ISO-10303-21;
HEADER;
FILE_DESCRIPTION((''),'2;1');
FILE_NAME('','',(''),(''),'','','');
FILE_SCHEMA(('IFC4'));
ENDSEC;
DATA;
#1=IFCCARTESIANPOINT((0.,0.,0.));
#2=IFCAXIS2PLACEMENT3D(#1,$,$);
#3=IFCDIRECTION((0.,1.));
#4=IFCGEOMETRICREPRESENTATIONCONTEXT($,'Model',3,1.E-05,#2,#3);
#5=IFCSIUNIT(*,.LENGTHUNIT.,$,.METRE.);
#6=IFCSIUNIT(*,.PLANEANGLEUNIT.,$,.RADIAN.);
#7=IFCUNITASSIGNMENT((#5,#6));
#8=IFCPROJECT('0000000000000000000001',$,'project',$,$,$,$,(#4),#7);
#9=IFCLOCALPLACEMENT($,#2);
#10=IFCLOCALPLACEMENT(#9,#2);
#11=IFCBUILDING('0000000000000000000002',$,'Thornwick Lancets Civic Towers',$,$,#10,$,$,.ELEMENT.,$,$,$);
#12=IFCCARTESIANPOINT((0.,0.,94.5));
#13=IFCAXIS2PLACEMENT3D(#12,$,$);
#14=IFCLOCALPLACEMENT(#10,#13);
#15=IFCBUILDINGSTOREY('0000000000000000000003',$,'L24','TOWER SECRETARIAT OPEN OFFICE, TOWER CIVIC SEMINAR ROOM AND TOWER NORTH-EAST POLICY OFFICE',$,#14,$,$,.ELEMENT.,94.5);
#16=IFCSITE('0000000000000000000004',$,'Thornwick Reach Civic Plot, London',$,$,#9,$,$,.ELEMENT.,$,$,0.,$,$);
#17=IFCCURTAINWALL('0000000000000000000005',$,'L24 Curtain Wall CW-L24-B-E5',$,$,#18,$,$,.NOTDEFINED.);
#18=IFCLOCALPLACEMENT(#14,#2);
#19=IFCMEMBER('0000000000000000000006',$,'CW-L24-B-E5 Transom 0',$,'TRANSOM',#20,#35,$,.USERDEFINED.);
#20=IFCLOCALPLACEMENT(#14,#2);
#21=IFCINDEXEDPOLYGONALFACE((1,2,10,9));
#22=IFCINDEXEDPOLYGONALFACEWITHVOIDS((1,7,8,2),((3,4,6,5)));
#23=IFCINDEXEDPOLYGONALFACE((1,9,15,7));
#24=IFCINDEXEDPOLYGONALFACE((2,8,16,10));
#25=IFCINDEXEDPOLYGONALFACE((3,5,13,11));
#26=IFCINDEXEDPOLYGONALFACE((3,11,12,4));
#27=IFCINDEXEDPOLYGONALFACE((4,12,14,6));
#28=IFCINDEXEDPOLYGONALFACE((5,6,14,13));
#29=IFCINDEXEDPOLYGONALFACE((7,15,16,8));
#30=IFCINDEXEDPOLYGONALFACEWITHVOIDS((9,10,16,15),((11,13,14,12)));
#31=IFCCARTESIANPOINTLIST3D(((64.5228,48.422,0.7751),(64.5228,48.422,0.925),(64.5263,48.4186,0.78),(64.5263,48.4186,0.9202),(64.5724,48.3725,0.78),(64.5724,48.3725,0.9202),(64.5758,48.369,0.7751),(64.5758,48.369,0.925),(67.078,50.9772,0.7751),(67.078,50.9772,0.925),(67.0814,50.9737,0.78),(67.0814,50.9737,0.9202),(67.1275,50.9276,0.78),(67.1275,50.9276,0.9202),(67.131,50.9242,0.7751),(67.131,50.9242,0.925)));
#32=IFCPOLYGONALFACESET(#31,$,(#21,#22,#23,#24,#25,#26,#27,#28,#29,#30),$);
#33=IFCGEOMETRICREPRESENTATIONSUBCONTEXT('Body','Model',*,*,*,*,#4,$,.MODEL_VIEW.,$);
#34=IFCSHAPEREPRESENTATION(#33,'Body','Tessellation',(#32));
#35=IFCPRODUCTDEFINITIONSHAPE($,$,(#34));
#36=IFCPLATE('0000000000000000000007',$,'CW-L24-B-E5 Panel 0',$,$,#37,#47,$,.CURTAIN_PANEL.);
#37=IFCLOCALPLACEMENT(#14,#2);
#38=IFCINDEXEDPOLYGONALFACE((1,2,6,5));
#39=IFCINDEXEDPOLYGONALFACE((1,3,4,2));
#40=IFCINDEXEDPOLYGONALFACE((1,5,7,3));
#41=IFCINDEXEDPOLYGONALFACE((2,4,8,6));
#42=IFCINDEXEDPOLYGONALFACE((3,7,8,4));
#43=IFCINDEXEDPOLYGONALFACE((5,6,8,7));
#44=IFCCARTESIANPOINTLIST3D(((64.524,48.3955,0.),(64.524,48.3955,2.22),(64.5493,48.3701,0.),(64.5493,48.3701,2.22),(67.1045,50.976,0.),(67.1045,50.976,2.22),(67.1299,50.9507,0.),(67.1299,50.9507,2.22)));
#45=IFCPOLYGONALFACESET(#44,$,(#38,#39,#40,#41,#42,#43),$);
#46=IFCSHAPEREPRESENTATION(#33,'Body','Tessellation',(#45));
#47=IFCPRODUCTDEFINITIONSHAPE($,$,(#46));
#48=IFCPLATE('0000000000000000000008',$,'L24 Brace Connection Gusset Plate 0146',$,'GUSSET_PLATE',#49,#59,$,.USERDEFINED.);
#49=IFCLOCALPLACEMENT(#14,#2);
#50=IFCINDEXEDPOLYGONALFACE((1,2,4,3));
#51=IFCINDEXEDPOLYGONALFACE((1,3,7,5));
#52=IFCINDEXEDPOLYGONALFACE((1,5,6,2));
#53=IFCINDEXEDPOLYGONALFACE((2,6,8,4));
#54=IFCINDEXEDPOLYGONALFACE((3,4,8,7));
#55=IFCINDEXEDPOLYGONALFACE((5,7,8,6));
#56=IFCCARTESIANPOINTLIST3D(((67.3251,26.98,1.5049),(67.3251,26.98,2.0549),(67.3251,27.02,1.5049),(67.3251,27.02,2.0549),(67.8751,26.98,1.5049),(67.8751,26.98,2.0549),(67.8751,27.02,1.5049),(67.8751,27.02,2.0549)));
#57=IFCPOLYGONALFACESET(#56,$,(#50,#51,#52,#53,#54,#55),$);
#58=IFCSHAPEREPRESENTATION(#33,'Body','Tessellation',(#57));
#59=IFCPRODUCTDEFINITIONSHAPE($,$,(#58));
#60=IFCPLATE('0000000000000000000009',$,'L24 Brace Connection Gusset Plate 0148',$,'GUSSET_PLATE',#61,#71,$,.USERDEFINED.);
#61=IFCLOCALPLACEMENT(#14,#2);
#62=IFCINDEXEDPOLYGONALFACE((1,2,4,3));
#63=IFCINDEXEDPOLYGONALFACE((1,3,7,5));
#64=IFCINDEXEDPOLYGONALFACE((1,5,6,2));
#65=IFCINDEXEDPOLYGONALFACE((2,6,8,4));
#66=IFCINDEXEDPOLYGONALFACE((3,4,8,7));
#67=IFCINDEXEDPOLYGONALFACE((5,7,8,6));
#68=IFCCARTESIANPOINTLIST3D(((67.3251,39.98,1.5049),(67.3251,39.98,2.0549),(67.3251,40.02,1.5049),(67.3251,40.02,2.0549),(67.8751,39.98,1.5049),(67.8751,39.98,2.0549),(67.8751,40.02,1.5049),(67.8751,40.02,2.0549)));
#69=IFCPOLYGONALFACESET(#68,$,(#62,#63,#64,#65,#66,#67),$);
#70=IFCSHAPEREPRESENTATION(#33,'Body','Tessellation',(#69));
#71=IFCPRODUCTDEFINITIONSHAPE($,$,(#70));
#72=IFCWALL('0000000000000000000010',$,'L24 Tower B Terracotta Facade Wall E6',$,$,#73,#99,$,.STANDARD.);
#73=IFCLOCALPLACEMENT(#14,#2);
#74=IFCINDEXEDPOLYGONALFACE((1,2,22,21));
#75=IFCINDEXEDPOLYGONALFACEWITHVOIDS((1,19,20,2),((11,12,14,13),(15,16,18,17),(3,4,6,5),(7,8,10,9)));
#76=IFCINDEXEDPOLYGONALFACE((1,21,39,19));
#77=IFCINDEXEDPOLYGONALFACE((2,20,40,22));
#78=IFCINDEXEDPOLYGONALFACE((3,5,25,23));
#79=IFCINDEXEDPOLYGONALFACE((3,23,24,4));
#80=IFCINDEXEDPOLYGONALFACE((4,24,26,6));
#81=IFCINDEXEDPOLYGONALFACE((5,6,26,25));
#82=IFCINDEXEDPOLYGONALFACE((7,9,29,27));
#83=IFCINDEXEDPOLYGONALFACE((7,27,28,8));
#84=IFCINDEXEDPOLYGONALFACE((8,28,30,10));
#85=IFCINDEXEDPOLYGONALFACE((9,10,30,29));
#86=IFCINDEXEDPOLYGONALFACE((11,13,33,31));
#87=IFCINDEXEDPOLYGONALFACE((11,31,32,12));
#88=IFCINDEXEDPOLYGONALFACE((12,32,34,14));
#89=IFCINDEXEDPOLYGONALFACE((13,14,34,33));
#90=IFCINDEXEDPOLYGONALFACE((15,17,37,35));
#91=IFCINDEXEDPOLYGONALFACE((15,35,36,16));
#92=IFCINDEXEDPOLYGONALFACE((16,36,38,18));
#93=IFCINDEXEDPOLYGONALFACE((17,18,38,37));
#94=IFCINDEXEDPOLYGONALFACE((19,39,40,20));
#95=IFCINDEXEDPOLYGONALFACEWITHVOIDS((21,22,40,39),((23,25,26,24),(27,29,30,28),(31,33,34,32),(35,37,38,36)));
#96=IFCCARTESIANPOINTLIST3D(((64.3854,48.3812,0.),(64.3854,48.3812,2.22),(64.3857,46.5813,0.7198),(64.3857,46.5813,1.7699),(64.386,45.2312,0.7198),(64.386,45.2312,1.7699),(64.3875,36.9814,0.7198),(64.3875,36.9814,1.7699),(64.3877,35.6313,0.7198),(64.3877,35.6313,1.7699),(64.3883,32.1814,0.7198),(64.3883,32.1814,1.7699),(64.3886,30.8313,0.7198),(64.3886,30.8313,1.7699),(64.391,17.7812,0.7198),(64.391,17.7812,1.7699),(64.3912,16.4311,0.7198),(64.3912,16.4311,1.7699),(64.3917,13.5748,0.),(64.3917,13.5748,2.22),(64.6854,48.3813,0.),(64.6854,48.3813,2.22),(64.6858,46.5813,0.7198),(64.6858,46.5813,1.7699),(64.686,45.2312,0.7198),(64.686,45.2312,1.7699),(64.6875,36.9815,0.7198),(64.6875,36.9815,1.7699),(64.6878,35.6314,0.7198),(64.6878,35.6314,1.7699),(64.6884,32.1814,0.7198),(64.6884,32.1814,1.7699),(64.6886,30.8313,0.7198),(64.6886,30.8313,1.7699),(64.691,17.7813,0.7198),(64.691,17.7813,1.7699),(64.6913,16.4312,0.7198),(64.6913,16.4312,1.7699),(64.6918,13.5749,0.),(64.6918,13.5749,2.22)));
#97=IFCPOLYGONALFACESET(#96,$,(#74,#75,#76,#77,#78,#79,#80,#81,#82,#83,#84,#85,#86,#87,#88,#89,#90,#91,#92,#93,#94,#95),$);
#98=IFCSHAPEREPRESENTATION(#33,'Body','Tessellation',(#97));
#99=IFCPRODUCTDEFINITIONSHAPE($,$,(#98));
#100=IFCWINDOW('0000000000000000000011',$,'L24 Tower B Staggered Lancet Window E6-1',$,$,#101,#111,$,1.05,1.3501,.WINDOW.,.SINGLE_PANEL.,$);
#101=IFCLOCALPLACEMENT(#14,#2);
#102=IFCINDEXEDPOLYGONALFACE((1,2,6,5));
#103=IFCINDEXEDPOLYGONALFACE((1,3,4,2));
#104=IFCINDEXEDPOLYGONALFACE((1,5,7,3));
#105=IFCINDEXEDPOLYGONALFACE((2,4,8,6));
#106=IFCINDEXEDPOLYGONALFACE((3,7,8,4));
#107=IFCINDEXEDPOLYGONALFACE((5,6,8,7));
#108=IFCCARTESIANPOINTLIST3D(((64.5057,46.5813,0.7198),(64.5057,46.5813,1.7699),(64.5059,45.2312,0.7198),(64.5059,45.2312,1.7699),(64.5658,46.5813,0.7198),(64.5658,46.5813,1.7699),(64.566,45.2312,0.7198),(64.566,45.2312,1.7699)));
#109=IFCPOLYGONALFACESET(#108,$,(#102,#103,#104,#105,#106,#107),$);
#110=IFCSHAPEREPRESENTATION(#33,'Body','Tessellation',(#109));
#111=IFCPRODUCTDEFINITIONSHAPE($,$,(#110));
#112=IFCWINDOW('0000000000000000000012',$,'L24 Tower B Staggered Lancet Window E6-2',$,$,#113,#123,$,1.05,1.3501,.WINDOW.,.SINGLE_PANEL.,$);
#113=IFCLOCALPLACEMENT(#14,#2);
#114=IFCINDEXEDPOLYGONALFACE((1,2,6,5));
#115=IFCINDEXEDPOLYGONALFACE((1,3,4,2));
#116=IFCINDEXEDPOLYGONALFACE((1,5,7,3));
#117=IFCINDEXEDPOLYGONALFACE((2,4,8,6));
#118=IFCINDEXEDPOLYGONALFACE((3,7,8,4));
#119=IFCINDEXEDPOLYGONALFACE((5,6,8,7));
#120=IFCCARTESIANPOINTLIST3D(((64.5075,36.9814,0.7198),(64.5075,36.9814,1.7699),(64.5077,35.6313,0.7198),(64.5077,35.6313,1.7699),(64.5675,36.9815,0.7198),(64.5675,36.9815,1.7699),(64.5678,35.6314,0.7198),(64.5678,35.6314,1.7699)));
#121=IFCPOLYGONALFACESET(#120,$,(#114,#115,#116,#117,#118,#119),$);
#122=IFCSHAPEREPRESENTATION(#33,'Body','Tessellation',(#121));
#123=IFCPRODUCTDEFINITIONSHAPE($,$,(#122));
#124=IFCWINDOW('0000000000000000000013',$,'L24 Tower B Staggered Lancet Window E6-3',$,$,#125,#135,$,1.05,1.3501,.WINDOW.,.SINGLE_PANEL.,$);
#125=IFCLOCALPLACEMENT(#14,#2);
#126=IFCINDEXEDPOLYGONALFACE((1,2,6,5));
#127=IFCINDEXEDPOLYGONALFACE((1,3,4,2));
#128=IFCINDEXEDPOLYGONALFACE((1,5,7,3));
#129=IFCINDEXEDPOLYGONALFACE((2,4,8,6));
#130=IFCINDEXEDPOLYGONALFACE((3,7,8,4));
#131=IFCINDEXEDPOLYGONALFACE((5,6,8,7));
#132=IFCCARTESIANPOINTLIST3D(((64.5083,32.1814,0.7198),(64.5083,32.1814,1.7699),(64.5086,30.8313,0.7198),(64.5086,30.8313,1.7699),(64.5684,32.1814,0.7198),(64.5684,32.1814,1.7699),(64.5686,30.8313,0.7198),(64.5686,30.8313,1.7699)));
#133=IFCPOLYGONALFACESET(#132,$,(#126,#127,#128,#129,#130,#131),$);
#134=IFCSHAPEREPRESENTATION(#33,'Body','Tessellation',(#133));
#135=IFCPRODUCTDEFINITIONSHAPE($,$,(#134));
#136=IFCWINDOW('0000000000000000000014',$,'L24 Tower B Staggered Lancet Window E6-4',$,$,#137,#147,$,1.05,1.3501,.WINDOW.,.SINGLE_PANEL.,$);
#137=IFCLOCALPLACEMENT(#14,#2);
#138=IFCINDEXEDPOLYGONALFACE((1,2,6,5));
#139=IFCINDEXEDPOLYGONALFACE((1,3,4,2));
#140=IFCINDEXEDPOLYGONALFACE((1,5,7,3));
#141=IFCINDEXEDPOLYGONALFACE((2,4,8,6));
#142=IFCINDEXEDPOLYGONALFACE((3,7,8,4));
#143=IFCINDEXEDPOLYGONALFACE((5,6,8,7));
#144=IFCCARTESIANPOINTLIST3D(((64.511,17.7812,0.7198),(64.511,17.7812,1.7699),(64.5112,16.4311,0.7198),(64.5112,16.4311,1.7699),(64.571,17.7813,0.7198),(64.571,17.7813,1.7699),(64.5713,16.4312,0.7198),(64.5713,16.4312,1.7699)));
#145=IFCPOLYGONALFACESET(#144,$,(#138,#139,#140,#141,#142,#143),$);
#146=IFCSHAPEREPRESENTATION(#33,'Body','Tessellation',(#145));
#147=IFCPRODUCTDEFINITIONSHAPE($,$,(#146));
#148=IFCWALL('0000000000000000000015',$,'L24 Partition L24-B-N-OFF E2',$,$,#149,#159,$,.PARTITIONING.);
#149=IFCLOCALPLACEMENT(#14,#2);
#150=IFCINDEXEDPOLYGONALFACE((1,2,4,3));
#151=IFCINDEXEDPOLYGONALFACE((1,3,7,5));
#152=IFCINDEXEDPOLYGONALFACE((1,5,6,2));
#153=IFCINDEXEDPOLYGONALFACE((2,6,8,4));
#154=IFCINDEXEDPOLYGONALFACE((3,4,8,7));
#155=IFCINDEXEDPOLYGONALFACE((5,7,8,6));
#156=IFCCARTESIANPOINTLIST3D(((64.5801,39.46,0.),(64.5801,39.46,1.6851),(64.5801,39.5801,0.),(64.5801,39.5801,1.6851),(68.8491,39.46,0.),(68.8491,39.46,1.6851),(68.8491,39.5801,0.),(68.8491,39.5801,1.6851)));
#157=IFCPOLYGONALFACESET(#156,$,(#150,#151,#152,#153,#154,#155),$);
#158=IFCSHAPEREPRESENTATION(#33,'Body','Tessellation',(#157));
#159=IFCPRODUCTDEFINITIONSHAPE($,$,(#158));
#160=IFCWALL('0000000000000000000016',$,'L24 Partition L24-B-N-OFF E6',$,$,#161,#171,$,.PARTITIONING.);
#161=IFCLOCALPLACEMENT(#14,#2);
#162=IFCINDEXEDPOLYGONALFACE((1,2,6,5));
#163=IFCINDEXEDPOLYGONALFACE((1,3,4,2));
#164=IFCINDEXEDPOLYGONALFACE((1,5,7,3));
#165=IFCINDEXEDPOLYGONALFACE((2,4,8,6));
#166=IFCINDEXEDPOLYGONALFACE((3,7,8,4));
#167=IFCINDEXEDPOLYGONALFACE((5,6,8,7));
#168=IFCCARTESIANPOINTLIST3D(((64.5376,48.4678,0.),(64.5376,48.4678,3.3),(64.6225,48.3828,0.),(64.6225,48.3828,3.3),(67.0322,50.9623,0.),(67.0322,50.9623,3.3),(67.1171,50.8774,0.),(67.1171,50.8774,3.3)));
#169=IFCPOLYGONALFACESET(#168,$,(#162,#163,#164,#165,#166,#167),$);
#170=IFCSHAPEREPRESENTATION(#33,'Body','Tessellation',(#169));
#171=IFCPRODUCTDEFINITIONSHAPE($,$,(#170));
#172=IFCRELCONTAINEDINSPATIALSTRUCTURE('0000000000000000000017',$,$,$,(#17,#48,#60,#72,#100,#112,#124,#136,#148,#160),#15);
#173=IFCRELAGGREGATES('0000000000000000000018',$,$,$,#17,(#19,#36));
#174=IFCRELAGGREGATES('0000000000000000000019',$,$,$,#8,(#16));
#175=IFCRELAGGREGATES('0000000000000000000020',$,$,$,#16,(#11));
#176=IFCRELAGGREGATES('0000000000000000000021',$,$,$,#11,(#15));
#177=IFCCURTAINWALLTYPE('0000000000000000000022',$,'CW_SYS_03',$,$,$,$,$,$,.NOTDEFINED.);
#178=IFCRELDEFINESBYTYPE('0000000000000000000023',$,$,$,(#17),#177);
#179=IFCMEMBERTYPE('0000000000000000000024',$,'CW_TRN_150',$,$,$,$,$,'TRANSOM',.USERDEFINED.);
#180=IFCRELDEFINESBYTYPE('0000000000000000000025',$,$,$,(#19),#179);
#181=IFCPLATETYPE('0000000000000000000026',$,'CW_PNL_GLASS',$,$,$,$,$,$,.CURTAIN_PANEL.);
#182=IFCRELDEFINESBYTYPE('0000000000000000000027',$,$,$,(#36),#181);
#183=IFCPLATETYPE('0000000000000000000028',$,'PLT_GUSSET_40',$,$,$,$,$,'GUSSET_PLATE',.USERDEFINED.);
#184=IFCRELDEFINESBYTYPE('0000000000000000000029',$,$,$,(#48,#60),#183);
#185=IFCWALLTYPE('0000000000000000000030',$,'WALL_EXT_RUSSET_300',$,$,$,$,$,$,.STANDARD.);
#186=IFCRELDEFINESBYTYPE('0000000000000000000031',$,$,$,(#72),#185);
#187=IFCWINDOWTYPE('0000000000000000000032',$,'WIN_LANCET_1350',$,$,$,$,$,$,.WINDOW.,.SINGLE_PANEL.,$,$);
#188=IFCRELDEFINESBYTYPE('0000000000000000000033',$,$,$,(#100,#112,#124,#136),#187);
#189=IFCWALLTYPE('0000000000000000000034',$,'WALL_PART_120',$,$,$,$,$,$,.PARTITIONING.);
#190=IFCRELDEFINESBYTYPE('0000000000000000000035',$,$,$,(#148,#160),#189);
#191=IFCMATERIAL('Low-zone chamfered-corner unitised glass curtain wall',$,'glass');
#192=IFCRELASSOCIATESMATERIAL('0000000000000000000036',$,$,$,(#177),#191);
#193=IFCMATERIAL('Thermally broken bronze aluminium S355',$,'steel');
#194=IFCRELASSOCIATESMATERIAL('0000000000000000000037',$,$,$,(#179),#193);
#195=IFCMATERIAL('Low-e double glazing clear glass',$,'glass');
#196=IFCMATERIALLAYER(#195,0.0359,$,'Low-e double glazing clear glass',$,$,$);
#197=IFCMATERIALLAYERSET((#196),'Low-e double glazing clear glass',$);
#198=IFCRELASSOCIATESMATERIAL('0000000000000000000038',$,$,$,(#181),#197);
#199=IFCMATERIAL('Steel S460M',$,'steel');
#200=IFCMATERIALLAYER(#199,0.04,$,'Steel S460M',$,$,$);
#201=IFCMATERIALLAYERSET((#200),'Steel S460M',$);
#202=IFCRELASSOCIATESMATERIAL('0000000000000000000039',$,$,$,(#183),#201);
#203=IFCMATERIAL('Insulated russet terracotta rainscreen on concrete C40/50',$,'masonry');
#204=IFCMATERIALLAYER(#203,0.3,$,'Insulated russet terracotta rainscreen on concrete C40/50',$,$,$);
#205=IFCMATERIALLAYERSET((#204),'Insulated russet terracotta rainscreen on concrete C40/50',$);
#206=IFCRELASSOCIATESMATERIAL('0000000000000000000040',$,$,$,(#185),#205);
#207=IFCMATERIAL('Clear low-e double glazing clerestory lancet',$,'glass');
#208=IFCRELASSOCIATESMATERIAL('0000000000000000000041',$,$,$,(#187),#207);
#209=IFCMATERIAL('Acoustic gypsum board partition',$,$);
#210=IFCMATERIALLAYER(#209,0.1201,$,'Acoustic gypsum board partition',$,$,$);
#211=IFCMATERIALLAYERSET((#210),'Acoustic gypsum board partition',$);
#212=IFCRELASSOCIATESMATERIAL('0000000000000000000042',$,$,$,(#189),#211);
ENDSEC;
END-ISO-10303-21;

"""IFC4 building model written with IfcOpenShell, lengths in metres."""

from ifc_helpers import new_model, si_unit, direction, frame, frame_2d, origin, origin_2d, place, context, subcontext, project, spatial, rectangle, hollow_rectangle, extrude, material, layer, layer_set, material_profile, profile_set, type_object, element, fill, aggregate, save


model = new_model("IFC4")

# Units and contexts
model_context = context("Model", 3, precision=1e-05, world=origin(), true_north=direction((0.0, 1.0)))
body_context = subcontext(model_context, "Body", "Model", "MODEL_VIEW")
ifc_project = project(units=[si_unit("LENGTHUNIT", "METRE"), si_unit("PLANEANGLEUNIT", "RADIAN")], contexts=[model_context])

# Site, building, storey
site_placement = place(None, origin())
site = spatial("IfcSite", under=ifc_project, at=site_placement, Name="Thornwick Reach Civic Plot, London", CompositionType="ELEMENT", RefElevation=0.0)
building_placement = place(site_placement, origin())
building = spatial("IfcBuilding", under=site, at=building_placement, Name="Thornwick Lancets Civic Towers", CompositionType="ELEMENT")
storey_placement = place(building_placement, frame((0.0, 0.0, 94.5)))
storey = spatial("IfcBuildingStorey", under=building, at=storey_placement, Name="L24", Description="TOWER SECRETARIAT OPEN OFFICE, TOWER CIVIC SEMINAR ROOM AND TOWER NORTH-EAST POLICY OFFICE", CompositionType="ELEMENT", Elevation=94.5)

# Shared definitions
ifc_material_1 = material(Name="Steel S460M", Category="steel")

# Shared definitions
ifc_material_2 = material(Name="Low-zone chamfered-corner unitised glass curtain wall", Category="glass")
curtain_wall_type = type_object("IfcCurtainWallType", Name="CW_SYS_03", PredefinedType="NOTDEFINED", material=ifc_material_2)
ifc_material_3 = material(Name="Thermally broken bronze aluminium S355", Category="steel")

# Curtain wall, member, plate
curtain_wall_1_placement = place(storey_placement, origin())
curtain_wall_1 = element("IfcCurtainWall", 1, at=curtain_wall_1_placement, inside=storey, type_object=curtain_wall_type, Name="L24 Curtain Wall CW-L24-B-E5", PredefinedType="NOTDEFINED")
ifc_material_profile_1 = material_profile(ifc_material_3, hollow_rectangle(XDim=0.075, YDim=0.1499, WallThickness=0.0049, at=origin_2d()), Name="RHS 150x75x5")
ifc_profile_set_1 = profile_set([ifc_material_profile_1], Name="Thermally broken bronze aluminium S355")
member_type_1 = type_object("IfcMemberType", Name="CW_TRN_150", ElementType="TRANSOM", PredefinedType="USERDEFINED", material=ifc_profile_set_1)
member_1_placement = place(storey_placement, frame((67.1045, 50.9507, 0.8501), z_axis=(-0.707107, -0.707107, 0.0), x_axis=(0.707107, -0.707107, 0.0)))
member_1 = element("IfcMember", 2, at=member_1_placement, type_object=member_type_1, Name="CW-L24-B-E5 Transom 0", ObjectType="TRANSOM", PredefinedType="USERDEFINED", context=body_context, shape_type="SweptSolid", body=[
    extrude(hollow_rectangle(XDim=0.075, YDim=0.1499, WallThickness=0.0049, at=origin_2d()), origin(), (0.0, 0.0, 1.0), 3.6135),
])
ifc_material_4 = material(Name="Low-e double glazing clear glass", Category="glass")
ifc_layer_1 = layer(ifc_material_4, 0.0359, Name="Low-e double glazing clear glass")
ifc_layer_set_1 = layer_set([ifc_layer_1], Name="Low-e double glazing clear glass")
plate_type_1 = type_object("IfcPlateType", Name="CW_PNL_GLASS", PredefinedType="CURTAIN_PANEL", material=ifc_layer_set_1)
plate_placement = place(storey_placement, frame((65.8269, 49.6731, 0.0), z_axis=(0.0, 0.0, 1.0), x_axis=(-0.707107, -0.707107, 0.0)))
plate = element("IfcPlate", 3, at=plate_placement, type_object=plate_type_1, Name="CW-L24-B-E5 Panel 0", PredefinedType="CURTAIN_PANEL", context=body_context, shape_type="SweptSolid", body=[
    extrude(rectangle(XDim=3.6494, YDim=0.0359, at=origin_2d()), origin(), (0.0, 0.0, 1.0), 2.22),
])
aggregate(curtain_wall_1, [member_1, plate])

# Plates
ifc_layer_2 = layer(ifc_material_1, 0.04, Name="Steel S460M")
ifc_layer_set_2 = layer_set([ifc_layer_2], Name="Steel S460M")
plate_type_2 = type_object("IfcPlateType", Name="PLT_GUSSET_40", ElementType="GUSSET_PLATE", PredefinedType="USERDEFINED", material=ifc_layer_set_2)
for number, where, z_axis, x_axis, name in (
    (4, (67.6001, 27.0, 1.5049), (0.0, 0.0, 1.0), (-1.0, 0.0, 0.0), "L24 Brace Connection Gusset Plate 0146"),
    (5, (67.6001, 40.0, 1.5049), (0.0, 0.0, 1.0), (-1.0, 0.0, 0.0), "L24 Brace Connection Gusset Plate 0148"),
):
    element("IfcPlate", number, at=place(storey_placement, frame(where, z_axis=z_axis, x_axis=x_axis)), inside=storey, type_object=plate_type_2, Name=name, ObjectType="GUSSET_PLATE", PredefinedType="USERDEFINED", context=body_context, shape_type="SweptSolid", body=[
        extrude(rectangle(XDim=0.55, YDim=0.04, at=origin_2d()), origin(), (0.0, 0.0, 1.0), 0.55),
    ])

# Wall, openings, windows
ifc_material_5 = material(Name="Insulated russet terracotta rainscreen on concrete C40/50", Category="masonry")
ifc_layer_3 = layer(ifc_material_5, 0.3, Name="Insulated russet terracotta rainscreen on concrete C40/50")
ifc_layer_set_3 = layer_set([ifc_layer_3], Name="Insulated russet terracotta rainscreen on concrete C40/50")
wall_type_1 = type_object("IfcWallType", Name="WALL_EXT_RUSSET_300", PredefinedType="STANDARD", material=ifc_layer_set_3)
wall_1_placement = place(storey_placement, frame((64.5354, 48.3813, 0.0), z_axis=(0.0, 0.0, 1.0), x_axis=(0.000182, -1.0, 0.0)))
wall_1 = element("IfcWall", 6, at=wall_1_placement, inside=storey, type_object=wall_type_1, Name="L24 Tower B Terracotta Facade Wall E6", PredefinedType="STANDARD", context=body_context, shape_type="SweptSolid", body=[
    extrude(rectangle(XDim=34.8064, YDim=0.3, at=frame_2d((17.4033, 0.0))), origin(), (0.0, 0.0, 1.0), 2.22),
])
opening_1_placement = place(wall_1_placement, frame((1.8, 0.0, 0.72)))
opening_1 = element("IfcOpeningElement", 7, at=opening_1_placement, cuts=wall_1, PredefinedType="OPENING", context=body_context, shape_type="SweptSolid", body=[
    extrude(rectangle(XDim=1.3501, YDim=1.05, at=frame_2d((0.675, 0.5249))), frame((0.0, 0.1602, 0.0), z_axis=(0.0, -1.0, 0.0), x_axis=(1.0, 0.0, 0.0)), (0.0, 0.0, 1.0), 0.3201),
])
opening_2_placement = place(wall_1_placement, frame((11.3999, 0.0, 0.72)))
opening_2 = element("IfcOpeningElement", 8, at=opening_2_placement, cuts=wall_1, PredefinedType="OPENING", context=body_context, shape_type="SweptSolid", body=[
    extrude(rectangle(XDim=1.3501, YDim=1.05, at=frame_2d((0.675, 0.5249))), frame((0.0, 0.1602, 0.0), z_axis=(0.0, -1.0, 0.0), x_axis=(1.0, 0.0, 0.0)), (0.0, 0.0, 1.0), 0.3201),
])
opening_3_placement = place(wall_1_placement, frame((16.2, 0.0, 0.72)))
opening_3 = element("IfcOpeningElement", 9, at=opening_3_placement, cuts=wall_1, PredefinedType="OPENING", context=body_context, shape_type="SweptSolid", body=[
    extrude(rectangle(XDim=1.3501, YDim=1.05, at=frame_2d((0.675, 0.5249))), frame((0.0, 0.1602, 0.0), z_axis=(0.0, -1.0, 0.0), x_axis=(1.0, 0.0, 0.0)), (0.0, 0.0, 1.0), 0.3201),
])
opening_4_placement = place(wall_1_placement, frame((30.6001, 0.0, 0.72)))
opening_4 = element("IfcOpeningElement", 10, at=opening_4_placement, cuts=wall_1, PredefinedType="OPENING", context=body_context, shape_type="SweptSolid", body=[
    extrude(rectangle(XDim=1.3501, YDim=1.05, at=frame_2d((0.675, 0.5249))), frame((0.0, 0.1602, 0.0), z_axis=(0.0, -1.0, 0.0), x_axis=(1.0, 0.0, 0.0)), (0.0, 0.0, 1.0), 0.3201),
])
ifc_material_6 = material(Name="Clear low-e double glazing clerestory lancet", Category="glass")
window_type = type_object("IfcWindowType", Name="WIN_LANCET_1350", PartitioningType="SINGLE_PANEL", PredefinedType="WINDOW", material=ifc_material_6)
window_1_placement = place(opening_1_placement, origin())
window_1 = element("IfcWindow", 11, at=window_1_placement, inside=storey, type_object=window_type, Name="L24 Tower B Staggered Lancet Window E6-1", OverallHeight=1.05, OverallWidth=1.3501, PartitioningType="SINGLE_PANEL", PredefinedType="WINDOW", context=body_context, shape_type="SweptSolid", body=[
    extrude(rectangle(XDim=1.3501, YDim=1.05, at=frame_2d((0.675, 0.5249))), frame((0.0, 0.03, 0.0), z_axis=(0.0, -1.0, 0.0), x_axis=(1.0, 0.0, 0.0)), (0.0, 0.0, 1.0), 0.0601),
])
fill(opening_1, window_1)
window_2_placement = place(opening_2_placement, origin())
window_2 = element("IfcWindow", 12, at=window_2_placement, inside=storey, type_object=window_type, Name="L24 Tower B Staggered Lancet Window E6-2", OverallHeight=1.05, OverallWidth=1.3501, PartitioningType="SINGLE_PANEL", PredefinedType="WINDOW", context=body_context, shape_type="SweptSolid", body=[
    extrude(rectangle(XDim=1.3501, YDim=1.05, at=frame_2d((0.675, 0.5249))), frame((0.0, 0.03, 0.0), z_axis=(0.0, -1.0, 0.0), x_axis=(1.0, 0.0, 0.0)), (0.0, 0.0, 1.0), 0.0601),
])
fill(opening_2, window_2)
window_3_placement = place(opening_3_placement, origin())
window_3 = element("IfcWindow", 13, at=window_3_placement, inside=storey, type_object=window_type, Name="L24 Tower B Staggered Lancet Window E6-3", OverallHeight=1.05, OverallWidth=1.3501, PartitioningType="SINGLE_PANEL", PredefinedType="WINDOW", context=body_context, shape_type="SweptSolid", body=[
    extrude(rectangle(XDim=1.3501, YDim=1.05, at=frame_2d((0.675, 0.5249))), frame((0.0, 0.03, 0.0), z_axis=(0.0, -1.0, 0.0), x_axis=(1.0, 0.0, 0.0)), (0.0, 0.0, 1.0), 0.0601),
])
fill(opening_3, window_3)
window_4_placement = place(opening_4_placement, origin())
window_4 = element("IfcWindow", 14, at=window_4_placement, inside=storey, type_object=window_type, Name="L24 Tower B Staggered Lancet Window E6-4", OverallHeight=1.05, OverallWidth=1.3501, PartitioningType="SINGLE_PANEL", PredefinedType="WINDOW", context=body_context, shape_type="SweptSolid", body=[
    extrude(rectangle(XDim=1.3501, YDim=1.05, at=frame_2d((0.675, 0.5249))), frame((0.0, 0.03, 0.0), z_axis=(0.0, -1.0, 0.0), x_axis=(1.0, 0.0, 0.0)), (0.0, 0.0, 1.0), 0.0601),
])
fill(opening_4, window_4)

# Walls
ifc_material_7 = material(Name="Acoustic gypsum board partition")
ifc_layer_4 = layer(ifc_material_7, 0.1201, Name="Acoustic gypsum board partition")
ifc_layer_set_4 = layer_set([ifc_layer_4], Name="Acoustic gypsum board partition")
wall_type_2 = type_object("IfcWallType", Name="WALL_PART_120", PredefinedType="PARTITIONING", material=ifc_layer_set_4)
wall_2_placement = place(storey_placement, frame((64.5801, 39.52, 0.0), z_axis=(0.0, 0.0, 1.0), x_axis=(1.0, 0.0, 0.0)))
element("IfcWall", 15, at=wall_2_placement, inside=storey, type_object=wall_type_2, Name="L24 Partition L24-B-N-OFF E2", PredefinedType="PARTITIONING", context=body_context, shape_type="SweptSolid", body=[
    extrude(rectangle(XDim=4.269, YDim=0.1201, at=frame_2d((2.1345, 0.0))), origin(), (0.0, 0.0, 1.0), 1.6851),
])
wall_3_placement = place(storey_placement, frame((64.5801, 48.4253, 0.0), z_axis=(0.0, 0.0, 1.0), x_axis=(0.707107, 0.707107, 0.0)))
element("IfcWall", 16, at=wall_3_placement, inside=storey, type_object=wall_type_2, Name="L24 Partition L24-B-N-OFF E6", PredefinedType="PARTITIONING", context=body_context, shape_type="SweptSolid", body=[
    extrude(rectangle(XDim=3.5278, YDim=0.1201, at=frame_2d((1.7639, 0.0))), origin(), (0.0, 0.0, 1.0), 3.3),
])

save(model, "model.ifc")
